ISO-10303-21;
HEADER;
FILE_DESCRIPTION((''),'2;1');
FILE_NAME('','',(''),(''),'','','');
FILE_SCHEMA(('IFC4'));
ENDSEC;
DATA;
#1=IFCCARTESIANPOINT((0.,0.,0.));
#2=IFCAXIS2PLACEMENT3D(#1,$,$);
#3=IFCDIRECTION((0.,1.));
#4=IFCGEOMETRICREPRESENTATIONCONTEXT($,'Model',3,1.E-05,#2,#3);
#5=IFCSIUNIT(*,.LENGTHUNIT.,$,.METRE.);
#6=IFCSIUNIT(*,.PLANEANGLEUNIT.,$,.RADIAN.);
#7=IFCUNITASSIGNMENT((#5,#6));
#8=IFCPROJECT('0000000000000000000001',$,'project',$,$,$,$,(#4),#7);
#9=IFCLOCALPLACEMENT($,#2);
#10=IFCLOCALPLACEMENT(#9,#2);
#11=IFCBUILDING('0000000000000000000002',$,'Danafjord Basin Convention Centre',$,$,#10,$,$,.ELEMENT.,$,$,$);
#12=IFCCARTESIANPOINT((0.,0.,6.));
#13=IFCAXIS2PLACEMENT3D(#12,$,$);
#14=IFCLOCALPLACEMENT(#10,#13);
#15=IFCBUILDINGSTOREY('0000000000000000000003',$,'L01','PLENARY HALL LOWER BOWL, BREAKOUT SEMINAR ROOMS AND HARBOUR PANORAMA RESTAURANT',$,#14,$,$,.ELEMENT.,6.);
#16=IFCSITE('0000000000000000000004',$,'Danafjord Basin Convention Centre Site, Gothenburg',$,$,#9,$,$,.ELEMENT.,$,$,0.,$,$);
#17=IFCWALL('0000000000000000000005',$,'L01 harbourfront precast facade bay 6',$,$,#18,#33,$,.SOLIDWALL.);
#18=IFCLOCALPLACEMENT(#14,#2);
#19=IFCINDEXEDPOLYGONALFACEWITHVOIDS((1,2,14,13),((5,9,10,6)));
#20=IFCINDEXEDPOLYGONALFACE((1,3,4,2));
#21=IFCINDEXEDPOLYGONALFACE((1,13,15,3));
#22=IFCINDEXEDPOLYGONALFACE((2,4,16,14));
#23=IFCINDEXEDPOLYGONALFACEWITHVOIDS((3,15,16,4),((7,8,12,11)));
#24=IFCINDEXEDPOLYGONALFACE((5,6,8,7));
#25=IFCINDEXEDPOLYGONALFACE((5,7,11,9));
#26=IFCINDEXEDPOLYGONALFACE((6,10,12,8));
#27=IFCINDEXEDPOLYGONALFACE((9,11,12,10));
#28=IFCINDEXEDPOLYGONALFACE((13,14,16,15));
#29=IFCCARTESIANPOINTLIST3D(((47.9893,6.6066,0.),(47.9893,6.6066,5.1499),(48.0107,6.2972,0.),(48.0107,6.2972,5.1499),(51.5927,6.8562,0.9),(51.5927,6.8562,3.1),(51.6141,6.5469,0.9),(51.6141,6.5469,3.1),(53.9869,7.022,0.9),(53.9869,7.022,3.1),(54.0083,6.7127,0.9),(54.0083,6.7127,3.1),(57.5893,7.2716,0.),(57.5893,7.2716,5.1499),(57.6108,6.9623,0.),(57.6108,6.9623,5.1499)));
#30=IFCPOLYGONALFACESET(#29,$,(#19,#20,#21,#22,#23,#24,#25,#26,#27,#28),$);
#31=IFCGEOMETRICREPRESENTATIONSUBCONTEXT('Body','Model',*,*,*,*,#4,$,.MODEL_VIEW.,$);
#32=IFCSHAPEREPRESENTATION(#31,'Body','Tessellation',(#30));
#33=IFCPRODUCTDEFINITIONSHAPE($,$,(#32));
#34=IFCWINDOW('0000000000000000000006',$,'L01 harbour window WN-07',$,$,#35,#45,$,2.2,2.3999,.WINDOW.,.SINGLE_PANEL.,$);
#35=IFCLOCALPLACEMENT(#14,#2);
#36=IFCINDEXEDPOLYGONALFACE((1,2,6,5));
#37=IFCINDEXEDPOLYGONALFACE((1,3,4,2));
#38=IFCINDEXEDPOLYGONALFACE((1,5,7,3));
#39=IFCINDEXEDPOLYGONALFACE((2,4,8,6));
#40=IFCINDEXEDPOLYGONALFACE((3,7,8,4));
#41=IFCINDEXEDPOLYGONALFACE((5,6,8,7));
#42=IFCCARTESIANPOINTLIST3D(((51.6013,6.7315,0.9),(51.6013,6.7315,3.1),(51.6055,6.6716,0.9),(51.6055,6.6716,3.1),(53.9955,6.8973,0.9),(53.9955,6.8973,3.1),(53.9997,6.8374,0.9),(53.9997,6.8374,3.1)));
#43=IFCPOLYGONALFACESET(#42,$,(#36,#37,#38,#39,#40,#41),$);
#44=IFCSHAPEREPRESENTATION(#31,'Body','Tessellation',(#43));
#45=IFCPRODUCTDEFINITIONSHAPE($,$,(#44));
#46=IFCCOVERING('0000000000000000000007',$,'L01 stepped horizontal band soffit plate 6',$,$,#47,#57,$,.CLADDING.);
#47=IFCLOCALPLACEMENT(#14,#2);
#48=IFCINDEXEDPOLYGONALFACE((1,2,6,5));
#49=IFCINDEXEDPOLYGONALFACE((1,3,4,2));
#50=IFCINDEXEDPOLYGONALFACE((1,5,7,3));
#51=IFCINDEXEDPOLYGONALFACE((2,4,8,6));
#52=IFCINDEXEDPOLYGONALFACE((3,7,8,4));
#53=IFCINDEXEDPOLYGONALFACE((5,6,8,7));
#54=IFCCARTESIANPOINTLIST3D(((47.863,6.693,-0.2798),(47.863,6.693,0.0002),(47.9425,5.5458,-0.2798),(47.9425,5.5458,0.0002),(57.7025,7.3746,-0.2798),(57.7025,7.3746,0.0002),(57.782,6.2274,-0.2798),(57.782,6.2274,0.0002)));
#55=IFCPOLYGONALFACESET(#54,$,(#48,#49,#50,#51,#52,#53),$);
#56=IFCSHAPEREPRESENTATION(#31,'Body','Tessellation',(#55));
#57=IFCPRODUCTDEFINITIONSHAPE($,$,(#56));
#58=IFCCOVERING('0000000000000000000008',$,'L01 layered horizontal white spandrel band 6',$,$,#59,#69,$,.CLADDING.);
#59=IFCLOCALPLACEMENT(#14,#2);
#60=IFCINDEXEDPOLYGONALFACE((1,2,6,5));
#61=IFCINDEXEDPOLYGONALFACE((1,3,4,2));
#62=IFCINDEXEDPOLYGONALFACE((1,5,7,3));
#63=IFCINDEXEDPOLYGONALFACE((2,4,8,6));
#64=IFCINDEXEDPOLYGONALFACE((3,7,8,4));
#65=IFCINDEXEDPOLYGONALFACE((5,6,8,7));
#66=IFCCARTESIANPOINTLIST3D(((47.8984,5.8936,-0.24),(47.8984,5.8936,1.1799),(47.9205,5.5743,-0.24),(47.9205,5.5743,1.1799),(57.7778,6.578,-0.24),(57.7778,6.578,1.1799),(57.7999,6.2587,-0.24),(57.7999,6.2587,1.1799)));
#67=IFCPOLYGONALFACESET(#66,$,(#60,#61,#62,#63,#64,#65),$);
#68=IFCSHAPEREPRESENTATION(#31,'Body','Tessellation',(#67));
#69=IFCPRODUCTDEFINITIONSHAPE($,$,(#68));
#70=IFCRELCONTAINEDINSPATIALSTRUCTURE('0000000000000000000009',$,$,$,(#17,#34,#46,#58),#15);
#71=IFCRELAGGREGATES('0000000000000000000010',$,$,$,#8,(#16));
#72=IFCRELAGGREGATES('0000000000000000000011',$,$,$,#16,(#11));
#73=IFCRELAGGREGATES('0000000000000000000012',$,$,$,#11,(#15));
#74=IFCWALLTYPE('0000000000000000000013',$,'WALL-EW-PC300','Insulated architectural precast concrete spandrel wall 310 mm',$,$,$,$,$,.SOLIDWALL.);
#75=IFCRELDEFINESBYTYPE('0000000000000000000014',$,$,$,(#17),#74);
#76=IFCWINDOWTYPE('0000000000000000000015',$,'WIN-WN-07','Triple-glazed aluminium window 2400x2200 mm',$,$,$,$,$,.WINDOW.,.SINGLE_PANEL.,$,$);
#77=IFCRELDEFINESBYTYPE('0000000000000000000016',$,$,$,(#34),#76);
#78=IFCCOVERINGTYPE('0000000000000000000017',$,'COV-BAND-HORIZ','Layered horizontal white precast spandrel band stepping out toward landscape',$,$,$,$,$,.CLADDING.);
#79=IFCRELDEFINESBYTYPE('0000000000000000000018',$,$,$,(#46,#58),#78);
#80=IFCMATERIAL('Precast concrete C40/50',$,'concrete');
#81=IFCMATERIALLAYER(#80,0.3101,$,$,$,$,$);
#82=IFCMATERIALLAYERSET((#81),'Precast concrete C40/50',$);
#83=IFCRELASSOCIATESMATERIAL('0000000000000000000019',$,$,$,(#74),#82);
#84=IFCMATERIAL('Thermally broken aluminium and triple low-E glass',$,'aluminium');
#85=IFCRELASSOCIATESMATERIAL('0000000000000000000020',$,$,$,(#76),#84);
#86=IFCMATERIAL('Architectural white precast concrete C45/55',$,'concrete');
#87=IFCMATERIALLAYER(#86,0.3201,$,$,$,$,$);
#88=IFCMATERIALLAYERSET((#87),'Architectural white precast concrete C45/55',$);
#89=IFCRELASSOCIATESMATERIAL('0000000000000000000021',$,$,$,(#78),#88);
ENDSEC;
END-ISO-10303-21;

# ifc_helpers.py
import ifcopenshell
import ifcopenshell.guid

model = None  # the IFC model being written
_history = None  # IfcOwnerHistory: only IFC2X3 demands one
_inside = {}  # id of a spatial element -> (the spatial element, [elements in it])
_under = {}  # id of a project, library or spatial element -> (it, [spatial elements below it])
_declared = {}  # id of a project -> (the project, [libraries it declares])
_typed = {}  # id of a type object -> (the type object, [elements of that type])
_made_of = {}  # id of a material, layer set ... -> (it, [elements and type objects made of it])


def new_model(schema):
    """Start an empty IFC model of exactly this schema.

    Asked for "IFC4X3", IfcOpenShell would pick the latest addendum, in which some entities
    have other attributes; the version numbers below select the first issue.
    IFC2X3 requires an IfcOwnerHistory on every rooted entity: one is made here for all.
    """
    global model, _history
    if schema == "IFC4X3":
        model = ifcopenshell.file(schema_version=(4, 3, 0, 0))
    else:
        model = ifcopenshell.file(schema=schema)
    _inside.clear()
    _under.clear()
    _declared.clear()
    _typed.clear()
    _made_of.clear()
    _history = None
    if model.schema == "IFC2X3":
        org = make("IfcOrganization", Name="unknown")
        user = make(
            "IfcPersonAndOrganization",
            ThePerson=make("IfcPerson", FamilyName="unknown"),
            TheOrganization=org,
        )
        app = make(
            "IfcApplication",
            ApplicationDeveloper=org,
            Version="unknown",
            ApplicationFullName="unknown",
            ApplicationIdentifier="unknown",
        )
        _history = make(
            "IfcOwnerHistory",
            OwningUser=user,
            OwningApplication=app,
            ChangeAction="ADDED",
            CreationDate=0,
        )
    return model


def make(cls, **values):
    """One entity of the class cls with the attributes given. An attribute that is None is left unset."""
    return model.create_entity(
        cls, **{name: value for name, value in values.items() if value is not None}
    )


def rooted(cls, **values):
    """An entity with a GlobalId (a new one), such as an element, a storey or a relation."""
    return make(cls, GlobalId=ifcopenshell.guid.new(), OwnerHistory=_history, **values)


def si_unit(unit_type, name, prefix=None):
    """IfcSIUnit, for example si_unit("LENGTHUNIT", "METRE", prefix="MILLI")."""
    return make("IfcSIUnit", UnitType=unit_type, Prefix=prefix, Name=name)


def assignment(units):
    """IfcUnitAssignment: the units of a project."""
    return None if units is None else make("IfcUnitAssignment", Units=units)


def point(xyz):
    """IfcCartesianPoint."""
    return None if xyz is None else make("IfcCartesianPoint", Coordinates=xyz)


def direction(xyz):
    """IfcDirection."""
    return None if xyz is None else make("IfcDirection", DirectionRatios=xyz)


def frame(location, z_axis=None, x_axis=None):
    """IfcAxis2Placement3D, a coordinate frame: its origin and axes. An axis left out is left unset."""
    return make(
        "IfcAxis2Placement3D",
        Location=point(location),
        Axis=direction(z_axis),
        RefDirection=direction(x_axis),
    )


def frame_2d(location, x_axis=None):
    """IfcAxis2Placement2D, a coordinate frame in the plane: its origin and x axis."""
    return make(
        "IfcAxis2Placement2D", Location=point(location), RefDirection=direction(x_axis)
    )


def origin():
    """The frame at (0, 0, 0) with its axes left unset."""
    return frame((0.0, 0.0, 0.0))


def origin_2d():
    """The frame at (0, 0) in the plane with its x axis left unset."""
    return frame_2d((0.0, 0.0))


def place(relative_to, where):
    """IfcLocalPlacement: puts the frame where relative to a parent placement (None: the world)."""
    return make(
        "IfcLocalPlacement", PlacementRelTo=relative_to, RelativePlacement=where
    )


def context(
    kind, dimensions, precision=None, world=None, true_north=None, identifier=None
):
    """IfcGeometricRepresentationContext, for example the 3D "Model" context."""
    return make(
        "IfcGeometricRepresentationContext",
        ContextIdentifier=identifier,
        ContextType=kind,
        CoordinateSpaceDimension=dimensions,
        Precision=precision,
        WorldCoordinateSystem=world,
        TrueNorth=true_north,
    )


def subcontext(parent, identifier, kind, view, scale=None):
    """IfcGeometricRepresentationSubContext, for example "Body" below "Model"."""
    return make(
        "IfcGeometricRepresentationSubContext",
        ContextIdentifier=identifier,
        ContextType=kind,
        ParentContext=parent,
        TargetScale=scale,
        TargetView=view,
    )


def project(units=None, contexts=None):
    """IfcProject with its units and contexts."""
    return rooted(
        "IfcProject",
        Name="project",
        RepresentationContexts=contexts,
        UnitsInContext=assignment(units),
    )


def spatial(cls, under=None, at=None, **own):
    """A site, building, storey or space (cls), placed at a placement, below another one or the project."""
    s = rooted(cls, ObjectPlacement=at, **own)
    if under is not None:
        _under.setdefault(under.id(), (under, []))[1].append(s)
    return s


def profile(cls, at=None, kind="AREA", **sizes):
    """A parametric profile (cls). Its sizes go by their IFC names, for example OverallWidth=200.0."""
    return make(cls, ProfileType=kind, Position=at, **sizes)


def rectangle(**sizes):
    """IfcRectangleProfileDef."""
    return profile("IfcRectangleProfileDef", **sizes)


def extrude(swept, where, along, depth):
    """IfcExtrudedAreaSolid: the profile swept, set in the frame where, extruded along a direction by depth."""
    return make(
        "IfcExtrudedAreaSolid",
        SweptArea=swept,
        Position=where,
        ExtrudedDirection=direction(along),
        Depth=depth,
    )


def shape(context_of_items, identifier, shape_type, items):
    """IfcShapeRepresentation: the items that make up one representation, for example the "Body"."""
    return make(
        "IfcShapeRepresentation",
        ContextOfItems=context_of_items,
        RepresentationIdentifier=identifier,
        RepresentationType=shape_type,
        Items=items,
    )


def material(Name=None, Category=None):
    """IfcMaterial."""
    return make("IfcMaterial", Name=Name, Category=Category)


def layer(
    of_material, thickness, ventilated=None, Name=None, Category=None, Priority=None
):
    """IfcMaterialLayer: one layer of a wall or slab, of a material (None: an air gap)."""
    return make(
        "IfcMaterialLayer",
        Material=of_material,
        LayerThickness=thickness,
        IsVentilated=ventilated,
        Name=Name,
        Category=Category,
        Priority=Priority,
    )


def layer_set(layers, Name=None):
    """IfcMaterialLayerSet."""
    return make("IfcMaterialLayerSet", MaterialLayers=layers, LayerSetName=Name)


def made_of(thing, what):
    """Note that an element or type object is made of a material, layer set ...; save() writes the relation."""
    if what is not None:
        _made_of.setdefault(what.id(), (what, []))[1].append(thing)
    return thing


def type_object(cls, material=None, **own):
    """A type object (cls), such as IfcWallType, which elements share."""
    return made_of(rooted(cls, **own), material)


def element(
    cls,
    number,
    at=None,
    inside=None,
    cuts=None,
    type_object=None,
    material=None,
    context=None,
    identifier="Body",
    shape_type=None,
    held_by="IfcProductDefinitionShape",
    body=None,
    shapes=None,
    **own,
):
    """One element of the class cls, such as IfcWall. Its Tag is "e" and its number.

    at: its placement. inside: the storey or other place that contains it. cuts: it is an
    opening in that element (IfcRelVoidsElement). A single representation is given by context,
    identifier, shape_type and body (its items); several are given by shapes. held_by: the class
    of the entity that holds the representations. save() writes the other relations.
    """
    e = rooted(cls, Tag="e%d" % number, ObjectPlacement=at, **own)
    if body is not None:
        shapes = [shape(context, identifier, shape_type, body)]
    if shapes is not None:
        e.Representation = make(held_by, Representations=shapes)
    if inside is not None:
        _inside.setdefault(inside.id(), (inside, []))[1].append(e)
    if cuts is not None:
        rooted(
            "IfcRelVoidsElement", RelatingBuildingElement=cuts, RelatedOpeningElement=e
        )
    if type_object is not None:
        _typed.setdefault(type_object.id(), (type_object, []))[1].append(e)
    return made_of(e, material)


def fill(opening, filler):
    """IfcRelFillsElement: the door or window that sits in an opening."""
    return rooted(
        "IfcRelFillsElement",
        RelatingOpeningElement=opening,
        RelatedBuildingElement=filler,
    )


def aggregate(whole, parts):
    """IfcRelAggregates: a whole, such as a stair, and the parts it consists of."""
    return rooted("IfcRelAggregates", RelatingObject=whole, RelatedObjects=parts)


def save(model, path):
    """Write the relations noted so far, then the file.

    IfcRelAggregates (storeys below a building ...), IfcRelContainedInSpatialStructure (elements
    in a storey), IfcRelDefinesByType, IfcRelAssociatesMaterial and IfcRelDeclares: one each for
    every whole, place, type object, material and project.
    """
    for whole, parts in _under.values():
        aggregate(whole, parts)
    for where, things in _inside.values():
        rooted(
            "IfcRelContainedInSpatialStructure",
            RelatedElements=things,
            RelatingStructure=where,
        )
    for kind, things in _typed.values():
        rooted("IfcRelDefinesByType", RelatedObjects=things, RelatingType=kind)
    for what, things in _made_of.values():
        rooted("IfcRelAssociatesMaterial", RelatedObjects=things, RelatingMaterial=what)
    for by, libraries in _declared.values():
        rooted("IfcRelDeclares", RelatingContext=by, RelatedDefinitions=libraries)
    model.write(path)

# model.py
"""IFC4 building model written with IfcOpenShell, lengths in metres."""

from ifc_helpers import new_model, si_unit, direction, frame, frame_2d, origin, origin_2d, place, context, subcontext, project, spatial, rectangle, extrude, material, layer, layer_set, type_object, element, fill, save


model = new_model("IFC4")

# Units and contexts
model_context = context("Model", 3, precision=1e-05, world=origin(), true_north=direction((0.0, 1.0)))
body_context = subcontext(model_context, "Body", "Model", "MODEL_VIEW")
ifc_project = project(units=[si_unit("LENGTHUNIT", "METRE"), si_unit("PLANEANGLEUNIT", "RADIAN")], contexts=[model_context])

# Site, building, storey
site_placement = place(None, origin())
site = spatial("IfcSite", under=ifc_project, at=site_placement, Name="Danafjord Basin Convention Centre Site, Gothenburg", CompositionType="ELEMENT", RefElevation=0.0)
building_placement = place(site_placement, origin())
building = spatial("IfcBuilding", under=site, at=building_placement, Name="Danafjord Basin Convention Centre", CompositionType="ELEMENT")
storey_placement = place(building_placement, frame((0.0, 0.0, 6.0)))
storey = spatial("IfcBuildingStorey", under=building, at=storey_placement, Name="L01", Description="PLENARY HALL LOWER BOWL, BREAKOUT SEMINAR ROOMS AND HARBOUR PANORAMA RESTAURANT", CompositionType="ELEMENT", Elevation=6.0)

# Wall, opening, window
ifc_material_1 = material(Name="Precast concrete C40/50", Category="concrete")
ifc_layer_1 = layer(ifc_material_1, 0.3101)
ifc_layer_set_1 = layer_set([ifc_layer_1], Name="Precast concrete C40/50")
wall_type_1 = type_object("IfcWallType", Name="WALL-EW-PC300", Description="Insulated architectural precast concrete spandrel wall 310 mm", PredefinedType="SOLIDWALL", material=ifc_layer_set_1)
wall_1_placement = place(storey_placement, frame((48.0, 6.4519, 0.0), z_axis=(0.0, 0.0, 1.0), x_axis=(0.997609, 0.069109, 0.0)))
wall_1 = element("IfcWall", 1, at=wall_1_placement, inside=storey, type_object=wall_type_1, Name="L01 harbourfront precast facade bay 6", PredefinedType="SOLIDWALL", context=body_context, shape_type="SweptSolid", body=[
    extrude(rectangle(XDim=9.623, YDim=0.3101, at=frame_2d((4.8115, 0.0))), origin(), (0.0, 0.0, 1.0), 5.1499),
])
opening_1_placement = place(wall_1_placement, frame((3.6121, 0.0, 0.8999)))
opening_1 = element("IfcOpeningElement", 2, at=opening_1_placement, cuts=wall_1, PredefinedType="OPENING", context=body_context, shape_type="SweptSolid", body=[
    extrude(rectangle(XDim=2.3999, YDim=2.2, at=frame_2d((1.2, 1.1001))), frame((0.0, 0.165, 0.0), z_axis=(0.0, -1.0, 0.0), x_axis=(1.0, 0.0, 0.0)), (0.0, 0.0, 1.0), 0.3301),
])
ifc_material_2 = material(Name="Thermally broken aluminium and triple low-E glass", Category="aluminium")
window_type = type_object("IfcWindowType", Name="WIN-WN-07", Description="Triple-glazed aluminium window 2400x2200 mm", PartitioningType="SINGLE_PANEL", PredefinedType="WINDOW", material=ifc_material_2)
window_placement = place(opening_1_placement, origin())
window = element("IfcWindow", 3, at=window_placement, inside=storey, type_object=window_type, Name="L01 harbour window WN-07", OverallHeight=2.2, OverallWidth=2.3999, PartitioningType="SINGLE_PANEL", PredefinedType="WINDOW", context=body_context, shape_type="SweptSolid", body=[
    extrude(rectangle(XDim=2.3999, YDim=2.2, at=frame_2d((1.2, 1.1001))), frame((0.0, 0.03, 0.0), z_axis=(0.0, -1.0, 0.0), x_axis=(1.0, 0.0, 0.0)), (0.0, 0.0, 1.0), 0.0601),
])
fill(opening_1, window)

# Coverings
ifc_material_3 = material(Name="Architectural white precast concrete C45/55", Category="concrete")
ifc_layer_2 = layer(ifc_material_3, 0.3201)
ifc_layer_set_2 = layer_set([ifc_layer_2], Name="Architectural white precast concrete C45/55")
covering_type = type_object("IfcCoveringType", Name="COV-BAND-HORIZ", Description="Layered horizontal white precast spandrel band stepping out toward landscape", PredefinedType="CLADDING", material=ifc_layer_set_2)
covering_1_placement = place(storey_placement, frame((52.8225, 6.4602, -0.2798), z_axis=(0.0, 0.0, 1.0), x_axis=(0.997609, 0.069105, 0.0)))
element("IfcCovering", 4, at=covering_1_placement, inside=storey, type_object=covering_type, Name="L01 stepped horizontal band soffit plate 6", PredefinedType="CLADDING", context=body_context, shape_type="SweptSolid", body=[
    extrude(rectangle(XDim=9.863, YDim=1.1499, at=origin_2d()), origin(), (0.0, 0.0, 1.0), 0.28),
])
covering_2_placement = place(storey_placement, frame((52.8491, 6.0762, -0.24), z_axis=(0.0, 0.0, 1.0), x_axis=(0.997609, 0.069105, 0.0)))
element("IfcCovering", 5, at=covering_2_placement, inside=storey, type_object=covering_type, Name="L01 layered horizontal white spandrel band 6", PredefinedType="CLADDING", context=body_context, shape_type="SweptSolid", body=[
    extrude(rectangle(XDim=9.9031, YDim=0.3201, at=origin_2d()), origin(), (0.0, 0.0, 1.0), 1.4199),
])

save(model, "model.ifc")
